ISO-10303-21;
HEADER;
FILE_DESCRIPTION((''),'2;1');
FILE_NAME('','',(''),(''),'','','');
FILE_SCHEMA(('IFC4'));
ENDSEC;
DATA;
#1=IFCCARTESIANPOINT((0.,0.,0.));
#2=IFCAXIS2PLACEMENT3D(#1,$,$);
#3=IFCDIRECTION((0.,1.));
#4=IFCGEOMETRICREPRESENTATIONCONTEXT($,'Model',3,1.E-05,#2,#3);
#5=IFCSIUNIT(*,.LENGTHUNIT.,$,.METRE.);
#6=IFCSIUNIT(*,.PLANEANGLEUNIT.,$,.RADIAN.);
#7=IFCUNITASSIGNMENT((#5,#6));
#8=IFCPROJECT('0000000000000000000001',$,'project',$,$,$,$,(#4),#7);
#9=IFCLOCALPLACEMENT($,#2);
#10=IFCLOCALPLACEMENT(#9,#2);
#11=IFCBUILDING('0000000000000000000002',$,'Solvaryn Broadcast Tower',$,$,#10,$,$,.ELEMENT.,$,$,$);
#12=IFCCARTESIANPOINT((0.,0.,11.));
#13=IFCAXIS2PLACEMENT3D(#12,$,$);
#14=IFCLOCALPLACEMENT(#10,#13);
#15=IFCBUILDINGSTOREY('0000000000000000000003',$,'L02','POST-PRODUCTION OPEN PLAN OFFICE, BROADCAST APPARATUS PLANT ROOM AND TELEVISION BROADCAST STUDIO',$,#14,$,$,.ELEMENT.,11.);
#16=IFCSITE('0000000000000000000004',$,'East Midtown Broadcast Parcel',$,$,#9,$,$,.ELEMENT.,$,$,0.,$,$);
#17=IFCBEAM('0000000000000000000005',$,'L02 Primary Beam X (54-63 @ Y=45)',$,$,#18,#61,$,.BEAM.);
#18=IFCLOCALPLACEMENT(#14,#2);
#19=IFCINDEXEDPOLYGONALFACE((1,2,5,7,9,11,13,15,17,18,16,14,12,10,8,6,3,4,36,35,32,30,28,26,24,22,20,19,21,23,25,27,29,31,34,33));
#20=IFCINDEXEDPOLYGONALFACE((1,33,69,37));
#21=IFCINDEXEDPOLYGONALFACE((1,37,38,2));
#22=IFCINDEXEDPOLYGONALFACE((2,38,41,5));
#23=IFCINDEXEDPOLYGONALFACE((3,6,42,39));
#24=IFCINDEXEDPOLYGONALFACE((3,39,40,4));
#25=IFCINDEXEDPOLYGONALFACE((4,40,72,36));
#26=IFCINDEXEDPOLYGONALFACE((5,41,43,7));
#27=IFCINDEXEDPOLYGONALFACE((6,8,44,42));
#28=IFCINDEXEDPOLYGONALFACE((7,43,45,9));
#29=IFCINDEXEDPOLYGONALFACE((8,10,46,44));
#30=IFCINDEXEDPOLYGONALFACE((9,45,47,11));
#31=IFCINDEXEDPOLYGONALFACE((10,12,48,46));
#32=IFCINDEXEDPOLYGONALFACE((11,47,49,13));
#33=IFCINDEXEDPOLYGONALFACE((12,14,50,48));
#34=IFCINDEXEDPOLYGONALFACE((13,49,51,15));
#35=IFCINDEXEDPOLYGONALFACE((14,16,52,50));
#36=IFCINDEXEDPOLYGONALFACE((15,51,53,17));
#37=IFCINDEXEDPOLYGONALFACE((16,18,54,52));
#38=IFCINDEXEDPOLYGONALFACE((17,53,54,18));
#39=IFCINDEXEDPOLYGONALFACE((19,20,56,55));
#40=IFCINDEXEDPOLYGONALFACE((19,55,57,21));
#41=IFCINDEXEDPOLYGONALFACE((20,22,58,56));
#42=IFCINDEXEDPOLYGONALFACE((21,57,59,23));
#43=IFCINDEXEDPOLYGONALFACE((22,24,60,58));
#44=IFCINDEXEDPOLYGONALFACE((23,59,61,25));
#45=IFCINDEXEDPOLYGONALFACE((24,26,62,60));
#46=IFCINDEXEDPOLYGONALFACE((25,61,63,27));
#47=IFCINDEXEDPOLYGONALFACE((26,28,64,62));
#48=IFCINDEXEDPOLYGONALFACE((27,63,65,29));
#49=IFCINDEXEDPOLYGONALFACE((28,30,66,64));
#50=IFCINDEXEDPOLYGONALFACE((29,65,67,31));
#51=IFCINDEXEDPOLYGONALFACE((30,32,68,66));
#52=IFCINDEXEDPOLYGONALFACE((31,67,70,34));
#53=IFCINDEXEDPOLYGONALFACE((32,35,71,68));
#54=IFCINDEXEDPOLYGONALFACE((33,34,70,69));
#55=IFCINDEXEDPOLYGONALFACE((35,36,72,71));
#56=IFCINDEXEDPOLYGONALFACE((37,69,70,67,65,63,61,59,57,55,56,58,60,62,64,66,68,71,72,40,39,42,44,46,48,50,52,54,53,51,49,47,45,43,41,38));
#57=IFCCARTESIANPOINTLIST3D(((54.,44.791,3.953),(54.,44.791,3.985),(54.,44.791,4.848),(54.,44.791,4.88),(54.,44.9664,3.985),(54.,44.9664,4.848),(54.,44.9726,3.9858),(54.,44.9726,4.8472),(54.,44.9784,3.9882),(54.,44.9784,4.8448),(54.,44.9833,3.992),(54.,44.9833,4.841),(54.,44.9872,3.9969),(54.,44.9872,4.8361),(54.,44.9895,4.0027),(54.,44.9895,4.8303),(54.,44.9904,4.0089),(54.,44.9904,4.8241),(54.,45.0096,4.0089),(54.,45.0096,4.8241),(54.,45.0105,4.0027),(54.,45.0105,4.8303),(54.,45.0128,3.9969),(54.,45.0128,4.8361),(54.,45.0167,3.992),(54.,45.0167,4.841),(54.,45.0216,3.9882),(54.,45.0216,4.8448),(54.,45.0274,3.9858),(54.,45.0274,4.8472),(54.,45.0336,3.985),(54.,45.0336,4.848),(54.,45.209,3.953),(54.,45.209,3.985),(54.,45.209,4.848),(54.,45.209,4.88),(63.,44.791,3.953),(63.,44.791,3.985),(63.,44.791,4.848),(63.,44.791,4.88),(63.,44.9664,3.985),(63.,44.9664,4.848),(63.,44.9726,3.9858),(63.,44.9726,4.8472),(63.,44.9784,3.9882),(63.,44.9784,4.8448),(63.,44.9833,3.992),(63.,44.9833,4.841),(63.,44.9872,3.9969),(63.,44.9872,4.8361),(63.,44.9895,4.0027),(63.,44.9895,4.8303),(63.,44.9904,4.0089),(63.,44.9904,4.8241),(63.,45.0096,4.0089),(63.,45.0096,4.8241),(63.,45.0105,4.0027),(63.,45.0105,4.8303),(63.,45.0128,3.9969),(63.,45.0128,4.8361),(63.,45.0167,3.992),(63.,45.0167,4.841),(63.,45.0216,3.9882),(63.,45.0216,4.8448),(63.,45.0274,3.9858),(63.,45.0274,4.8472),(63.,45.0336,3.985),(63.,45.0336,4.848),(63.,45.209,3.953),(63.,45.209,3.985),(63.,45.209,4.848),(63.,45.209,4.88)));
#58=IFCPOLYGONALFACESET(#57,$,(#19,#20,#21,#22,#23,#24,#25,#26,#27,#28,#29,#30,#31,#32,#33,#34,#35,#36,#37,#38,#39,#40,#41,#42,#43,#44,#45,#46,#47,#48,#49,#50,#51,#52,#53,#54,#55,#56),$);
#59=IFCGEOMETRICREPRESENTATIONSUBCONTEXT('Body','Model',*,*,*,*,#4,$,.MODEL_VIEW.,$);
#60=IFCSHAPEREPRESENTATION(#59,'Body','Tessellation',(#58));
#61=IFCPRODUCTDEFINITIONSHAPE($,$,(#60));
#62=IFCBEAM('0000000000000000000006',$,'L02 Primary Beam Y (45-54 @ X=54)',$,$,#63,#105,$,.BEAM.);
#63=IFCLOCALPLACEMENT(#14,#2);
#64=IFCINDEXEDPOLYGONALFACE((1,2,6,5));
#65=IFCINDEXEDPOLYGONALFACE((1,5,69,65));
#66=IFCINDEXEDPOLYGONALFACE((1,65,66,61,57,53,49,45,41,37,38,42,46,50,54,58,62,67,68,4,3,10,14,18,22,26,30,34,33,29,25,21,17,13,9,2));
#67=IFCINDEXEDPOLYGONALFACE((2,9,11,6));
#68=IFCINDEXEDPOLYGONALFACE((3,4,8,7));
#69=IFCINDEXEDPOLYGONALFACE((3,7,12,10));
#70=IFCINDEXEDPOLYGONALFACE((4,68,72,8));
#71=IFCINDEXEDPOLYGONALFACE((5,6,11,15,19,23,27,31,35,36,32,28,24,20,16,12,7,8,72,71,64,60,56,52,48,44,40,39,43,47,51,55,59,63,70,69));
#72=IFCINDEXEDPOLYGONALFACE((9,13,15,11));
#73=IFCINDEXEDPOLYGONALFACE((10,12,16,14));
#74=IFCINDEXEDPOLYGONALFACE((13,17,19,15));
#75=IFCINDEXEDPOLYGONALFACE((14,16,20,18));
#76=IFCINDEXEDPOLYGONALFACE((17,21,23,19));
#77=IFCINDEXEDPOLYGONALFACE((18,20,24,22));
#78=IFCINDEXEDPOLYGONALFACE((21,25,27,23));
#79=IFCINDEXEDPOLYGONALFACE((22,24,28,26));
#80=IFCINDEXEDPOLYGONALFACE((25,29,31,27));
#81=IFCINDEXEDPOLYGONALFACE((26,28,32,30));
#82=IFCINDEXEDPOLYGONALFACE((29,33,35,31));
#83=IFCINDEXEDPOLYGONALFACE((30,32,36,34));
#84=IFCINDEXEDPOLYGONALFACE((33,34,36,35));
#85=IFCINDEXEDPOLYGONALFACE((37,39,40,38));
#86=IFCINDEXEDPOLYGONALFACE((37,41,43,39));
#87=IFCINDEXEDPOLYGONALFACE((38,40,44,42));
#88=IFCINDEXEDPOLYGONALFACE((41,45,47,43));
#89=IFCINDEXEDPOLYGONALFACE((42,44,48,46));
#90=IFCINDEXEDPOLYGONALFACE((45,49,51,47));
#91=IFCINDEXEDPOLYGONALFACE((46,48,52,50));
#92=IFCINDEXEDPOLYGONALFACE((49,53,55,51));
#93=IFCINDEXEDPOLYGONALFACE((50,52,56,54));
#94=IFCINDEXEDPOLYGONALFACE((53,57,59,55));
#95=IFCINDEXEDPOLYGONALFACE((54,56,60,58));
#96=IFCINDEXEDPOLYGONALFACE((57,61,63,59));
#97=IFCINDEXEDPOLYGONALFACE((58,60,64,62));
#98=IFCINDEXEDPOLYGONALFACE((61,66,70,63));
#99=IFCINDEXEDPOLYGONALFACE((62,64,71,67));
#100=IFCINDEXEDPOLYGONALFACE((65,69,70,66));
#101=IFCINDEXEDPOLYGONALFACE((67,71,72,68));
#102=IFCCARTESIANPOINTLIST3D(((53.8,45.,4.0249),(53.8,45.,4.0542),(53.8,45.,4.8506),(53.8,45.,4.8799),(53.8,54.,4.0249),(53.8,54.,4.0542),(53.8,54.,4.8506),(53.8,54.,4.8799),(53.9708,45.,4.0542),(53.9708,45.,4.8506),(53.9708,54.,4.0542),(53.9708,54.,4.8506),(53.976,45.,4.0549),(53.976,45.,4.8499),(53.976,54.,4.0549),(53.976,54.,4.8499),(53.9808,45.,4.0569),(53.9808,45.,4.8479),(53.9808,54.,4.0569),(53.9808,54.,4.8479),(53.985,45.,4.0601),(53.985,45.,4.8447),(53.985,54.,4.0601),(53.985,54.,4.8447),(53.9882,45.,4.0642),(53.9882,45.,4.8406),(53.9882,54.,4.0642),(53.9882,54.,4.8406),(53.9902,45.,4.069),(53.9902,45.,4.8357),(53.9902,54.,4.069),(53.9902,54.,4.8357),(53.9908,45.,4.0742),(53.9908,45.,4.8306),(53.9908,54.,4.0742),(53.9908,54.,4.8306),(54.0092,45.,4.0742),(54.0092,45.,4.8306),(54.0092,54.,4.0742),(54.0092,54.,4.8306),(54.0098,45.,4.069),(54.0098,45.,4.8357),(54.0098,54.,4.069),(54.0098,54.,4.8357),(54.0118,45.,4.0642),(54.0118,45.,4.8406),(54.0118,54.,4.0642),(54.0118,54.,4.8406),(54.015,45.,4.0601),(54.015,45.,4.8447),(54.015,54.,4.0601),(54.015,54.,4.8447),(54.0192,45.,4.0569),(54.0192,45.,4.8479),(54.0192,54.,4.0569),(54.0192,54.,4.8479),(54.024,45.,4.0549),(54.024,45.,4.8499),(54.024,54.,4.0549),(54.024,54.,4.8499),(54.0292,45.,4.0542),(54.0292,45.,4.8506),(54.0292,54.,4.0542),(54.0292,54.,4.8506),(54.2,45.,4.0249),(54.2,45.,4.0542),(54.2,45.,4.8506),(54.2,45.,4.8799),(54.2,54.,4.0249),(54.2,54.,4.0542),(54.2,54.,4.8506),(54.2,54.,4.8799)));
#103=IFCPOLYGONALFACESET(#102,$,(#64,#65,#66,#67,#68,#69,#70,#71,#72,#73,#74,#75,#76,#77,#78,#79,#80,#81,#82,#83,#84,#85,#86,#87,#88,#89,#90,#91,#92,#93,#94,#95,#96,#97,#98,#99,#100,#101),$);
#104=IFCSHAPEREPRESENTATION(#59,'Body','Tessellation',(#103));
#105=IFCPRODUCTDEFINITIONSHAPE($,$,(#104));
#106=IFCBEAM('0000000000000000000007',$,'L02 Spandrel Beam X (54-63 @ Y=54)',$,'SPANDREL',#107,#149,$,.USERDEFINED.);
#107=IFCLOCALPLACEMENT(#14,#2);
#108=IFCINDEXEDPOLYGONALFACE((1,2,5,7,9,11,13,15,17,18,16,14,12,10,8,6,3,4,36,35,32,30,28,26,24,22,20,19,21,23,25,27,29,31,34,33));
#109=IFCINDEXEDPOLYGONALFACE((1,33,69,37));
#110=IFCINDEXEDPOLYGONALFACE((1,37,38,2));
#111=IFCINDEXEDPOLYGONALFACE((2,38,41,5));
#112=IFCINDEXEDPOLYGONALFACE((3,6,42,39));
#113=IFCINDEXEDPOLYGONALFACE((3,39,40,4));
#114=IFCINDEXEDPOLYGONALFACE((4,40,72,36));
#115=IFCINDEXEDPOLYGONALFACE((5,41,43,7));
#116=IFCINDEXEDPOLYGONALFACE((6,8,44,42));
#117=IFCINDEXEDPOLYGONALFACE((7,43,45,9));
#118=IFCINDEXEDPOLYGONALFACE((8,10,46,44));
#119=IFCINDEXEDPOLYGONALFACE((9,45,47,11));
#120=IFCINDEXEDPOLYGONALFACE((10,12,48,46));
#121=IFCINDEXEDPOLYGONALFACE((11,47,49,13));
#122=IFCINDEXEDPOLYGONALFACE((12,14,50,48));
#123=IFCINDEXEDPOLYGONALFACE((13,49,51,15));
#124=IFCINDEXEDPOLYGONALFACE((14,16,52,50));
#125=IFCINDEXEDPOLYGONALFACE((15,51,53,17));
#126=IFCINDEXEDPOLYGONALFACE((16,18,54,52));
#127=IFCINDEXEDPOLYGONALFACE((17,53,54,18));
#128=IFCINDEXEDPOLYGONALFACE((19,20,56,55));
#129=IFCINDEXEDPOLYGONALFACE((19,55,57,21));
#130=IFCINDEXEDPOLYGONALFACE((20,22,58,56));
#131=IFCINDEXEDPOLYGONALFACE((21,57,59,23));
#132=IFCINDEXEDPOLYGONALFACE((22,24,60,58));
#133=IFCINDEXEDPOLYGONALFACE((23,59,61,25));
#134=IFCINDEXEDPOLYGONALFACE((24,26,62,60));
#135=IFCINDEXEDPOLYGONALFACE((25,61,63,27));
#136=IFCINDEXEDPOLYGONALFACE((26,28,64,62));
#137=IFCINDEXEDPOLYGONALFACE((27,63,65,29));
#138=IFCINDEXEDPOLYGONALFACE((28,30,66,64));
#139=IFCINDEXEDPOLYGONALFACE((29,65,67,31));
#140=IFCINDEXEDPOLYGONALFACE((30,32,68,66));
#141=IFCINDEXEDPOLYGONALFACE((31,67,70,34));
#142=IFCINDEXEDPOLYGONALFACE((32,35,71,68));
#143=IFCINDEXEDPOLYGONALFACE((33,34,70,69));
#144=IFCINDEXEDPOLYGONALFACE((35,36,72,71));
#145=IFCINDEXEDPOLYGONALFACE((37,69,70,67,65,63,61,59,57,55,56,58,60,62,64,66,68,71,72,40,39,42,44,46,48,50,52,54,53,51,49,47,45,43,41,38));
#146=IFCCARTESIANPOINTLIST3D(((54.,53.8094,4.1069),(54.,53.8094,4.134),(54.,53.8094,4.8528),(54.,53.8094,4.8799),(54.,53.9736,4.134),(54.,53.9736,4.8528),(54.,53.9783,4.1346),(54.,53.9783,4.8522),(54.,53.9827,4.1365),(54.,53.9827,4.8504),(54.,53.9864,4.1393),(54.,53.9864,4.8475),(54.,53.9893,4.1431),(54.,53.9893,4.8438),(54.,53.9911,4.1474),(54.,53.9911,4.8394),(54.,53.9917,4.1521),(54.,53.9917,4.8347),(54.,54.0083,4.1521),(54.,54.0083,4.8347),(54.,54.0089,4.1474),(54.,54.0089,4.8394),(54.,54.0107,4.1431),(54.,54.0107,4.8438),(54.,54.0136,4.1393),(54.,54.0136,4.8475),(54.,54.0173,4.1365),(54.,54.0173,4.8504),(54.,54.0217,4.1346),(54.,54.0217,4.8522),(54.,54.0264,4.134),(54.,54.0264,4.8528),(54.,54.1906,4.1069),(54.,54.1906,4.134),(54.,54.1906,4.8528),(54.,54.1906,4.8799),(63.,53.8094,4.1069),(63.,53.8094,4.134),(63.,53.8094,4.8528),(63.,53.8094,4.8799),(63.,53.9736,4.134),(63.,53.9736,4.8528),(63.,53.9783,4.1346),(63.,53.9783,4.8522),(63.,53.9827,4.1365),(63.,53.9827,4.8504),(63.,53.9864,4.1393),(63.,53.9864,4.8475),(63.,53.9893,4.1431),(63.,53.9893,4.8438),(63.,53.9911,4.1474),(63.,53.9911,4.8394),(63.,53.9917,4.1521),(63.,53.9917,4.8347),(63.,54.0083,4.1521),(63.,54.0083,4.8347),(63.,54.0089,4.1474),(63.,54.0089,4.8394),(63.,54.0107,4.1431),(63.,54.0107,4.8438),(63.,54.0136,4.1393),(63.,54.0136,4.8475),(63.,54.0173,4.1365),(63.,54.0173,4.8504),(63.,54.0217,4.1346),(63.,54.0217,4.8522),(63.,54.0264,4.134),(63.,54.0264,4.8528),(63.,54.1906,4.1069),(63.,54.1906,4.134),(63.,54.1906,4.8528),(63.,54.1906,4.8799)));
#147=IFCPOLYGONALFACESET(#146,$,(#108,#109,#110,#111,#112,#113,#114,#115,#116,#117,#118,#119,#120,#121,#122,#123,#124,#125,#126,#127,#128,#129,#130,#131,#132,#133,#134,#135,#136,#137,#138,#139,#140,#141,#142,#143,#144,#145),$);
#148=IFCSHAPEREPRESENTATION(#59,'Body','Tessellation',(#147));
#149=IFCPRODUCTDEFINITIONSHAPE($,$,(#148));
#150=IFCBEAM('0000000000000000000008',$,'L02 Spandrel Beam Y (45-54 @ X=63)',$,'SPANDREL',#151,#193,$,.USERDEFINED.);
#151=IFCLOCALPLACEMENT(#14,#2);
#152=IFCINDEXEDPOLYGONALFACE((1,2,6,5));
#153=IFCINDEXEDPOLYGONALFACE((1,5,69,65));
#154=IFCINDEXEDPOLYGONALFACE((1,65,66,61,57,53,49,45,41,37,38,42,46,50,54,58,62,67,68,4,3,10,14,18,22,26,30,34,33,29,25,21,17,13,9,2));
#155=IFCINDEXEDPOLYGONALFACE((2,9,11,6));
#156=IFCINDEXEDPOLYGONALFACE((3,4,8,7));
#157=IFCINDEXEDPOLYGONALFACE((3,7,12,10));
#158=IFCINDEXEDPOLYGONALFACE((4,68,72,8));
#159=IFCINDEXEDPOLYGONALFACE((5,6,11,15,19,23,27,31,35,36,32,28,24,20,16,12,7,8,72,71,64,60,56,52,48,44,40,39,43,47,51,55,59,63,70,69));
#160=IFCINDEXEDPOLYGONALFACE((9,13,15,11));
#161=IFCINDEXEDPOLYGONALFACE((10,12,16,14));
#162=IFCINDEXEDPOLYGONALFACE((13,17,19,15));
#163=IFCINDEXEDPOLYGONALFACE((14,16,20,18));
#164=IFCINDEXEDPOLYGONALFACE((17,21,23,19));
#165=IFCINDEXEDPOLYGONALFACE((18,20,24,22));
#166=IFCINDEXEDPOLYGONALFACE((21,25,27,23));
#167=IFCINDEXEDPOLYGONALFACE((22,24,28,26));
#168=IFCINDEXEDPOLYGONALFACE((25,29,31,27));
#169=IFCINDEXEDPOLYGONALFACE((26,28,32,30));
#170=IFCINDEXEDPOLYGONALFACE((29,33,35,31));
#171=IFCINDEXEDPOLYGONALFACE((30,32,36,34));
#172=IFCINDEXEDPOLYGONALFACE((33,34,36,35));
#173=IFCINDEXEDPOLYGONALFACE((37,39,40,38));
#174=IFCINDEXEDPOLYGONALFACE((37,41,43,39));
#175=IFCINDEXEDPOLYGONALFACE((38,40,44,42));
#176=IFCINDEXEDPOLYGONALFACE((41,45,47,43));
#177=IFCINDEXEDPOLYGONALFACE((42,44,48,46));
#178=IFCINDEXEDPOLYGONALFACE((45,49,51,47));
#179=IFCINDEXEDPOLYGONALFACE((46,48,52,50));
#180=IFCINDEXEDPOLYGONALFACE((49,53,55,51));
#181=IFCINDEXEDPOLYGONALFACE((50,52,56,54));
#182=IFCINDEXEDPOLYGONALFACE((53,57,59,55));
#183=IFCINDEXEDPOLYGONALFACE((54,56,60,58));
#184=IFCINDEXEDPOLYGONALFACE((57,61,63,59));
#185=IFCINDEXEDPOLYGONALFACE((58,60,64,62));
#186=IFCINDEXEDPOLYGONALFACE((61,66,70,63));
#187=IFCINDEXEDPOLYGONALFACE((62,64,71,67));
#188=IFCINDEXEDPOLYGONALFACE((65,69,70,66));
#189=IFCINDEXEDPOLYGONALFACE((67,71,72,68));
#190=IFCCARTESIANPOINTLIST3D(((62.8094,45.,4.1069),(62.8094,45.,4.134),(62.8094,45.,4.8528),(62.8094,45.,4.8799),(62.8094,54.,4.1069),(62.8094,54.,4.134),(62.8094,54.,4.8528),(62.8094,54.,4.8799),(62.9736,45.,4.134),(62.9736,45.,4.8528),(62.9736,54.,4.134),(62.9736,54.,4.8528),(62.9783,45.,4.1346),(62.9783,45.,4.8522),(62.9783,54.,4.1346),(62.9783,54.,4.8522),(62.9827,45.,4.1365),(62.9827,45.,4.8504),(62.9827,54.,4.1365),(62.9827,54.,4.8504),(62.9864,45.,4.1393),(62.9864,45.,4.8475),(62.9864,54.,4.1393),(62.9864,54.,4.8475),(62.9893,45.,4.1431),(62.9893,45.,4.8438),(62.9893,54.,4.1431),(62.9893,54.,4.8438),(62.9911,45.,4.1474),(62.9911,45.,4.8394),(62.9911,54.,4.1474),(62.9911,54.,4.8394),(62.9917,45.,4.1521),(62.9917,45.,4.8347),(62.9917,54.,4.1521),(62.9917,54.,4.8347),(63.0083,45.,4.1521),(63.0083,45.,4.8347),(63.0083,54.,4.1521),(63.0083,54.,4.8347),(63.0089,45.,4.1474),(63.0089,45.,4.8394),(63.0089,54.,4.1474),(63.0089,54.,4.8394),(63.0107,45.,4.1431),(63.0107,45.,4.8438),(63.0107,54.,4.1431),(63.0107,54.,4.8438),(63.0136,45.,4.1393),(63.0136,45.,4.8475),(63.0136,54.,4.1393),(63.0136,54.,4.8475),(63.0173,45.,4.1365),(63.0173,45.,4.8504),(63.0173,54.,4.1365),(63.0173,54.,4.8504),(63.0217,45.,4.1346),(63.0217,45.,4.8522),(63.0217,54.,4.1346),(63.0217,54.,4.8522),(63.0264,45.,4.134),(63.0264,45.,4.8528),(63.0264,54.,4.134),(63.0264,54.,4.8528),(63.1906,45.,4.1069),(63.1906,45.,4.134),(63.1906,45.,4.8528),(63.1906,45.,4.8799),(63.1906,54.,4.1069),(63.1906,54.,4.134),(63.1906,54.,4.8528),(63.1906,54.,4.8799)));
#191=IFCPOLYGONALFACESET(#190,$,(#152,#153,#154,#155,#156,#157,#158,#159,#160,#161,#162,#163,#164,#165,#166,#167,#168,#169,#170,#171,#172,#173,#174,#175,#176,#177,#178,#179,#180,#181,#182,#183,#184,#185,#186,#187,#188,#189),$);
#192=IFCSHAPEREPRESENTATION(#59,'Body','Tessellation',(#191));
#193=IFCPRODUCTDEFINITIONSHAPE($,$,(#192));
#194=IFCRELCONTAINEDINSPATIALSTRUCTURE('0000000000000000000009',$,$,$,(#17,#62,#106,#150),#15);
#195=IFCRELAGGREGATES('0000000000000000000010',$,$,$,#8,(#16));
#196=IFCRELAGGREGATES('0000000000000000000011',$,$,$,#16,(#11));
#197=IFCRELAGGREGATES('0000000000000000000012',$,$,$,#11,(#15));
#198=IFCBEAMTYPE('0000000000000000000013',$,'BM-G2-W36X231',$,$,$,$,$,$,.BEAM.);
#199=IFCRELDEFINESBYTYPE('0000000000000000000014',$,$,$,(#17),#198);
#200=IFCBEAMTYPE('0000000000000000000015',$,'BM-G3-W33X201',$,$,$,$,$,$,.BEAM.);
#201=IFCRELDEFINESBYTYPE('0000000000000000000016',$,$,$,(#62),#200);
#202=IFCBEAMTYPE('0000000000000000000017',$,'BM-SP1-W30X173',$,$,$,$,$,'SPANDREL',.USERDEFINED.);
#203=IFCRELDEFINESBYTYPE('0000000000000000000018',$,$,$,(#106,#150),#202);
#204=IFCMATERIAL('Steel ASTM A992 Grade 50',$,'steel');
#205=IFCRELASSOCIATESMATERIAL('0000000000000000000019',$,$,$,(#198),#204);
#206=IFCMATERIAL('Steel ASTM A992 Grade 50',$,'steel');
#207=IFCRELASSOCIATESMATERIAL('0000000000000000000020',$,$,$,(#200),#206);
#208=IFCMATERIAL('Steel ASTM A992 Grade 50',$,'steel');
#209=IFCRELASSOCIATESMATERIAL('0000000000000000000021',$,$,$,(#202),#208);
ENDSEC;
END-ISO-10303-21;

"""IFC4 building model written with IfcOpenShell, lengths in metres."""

from ifc_helpers import new_model, si_unit, direction, frame, origin, origin_2d, place, context, subcontext, project, spatial, i_section, extrude, material, material_profile, profile_set, type_object, element, save


model = new_model("IFC4")

# Units and contexts
model_context = context("Model", 3, precision=1e-05, world=origin(), true_north=direction((0.0, 1.0)))
body_context = subcontext(model_context, "Body", "Model", "MODEL_VIEW")
ifc_project = project(units=[si_unit("LENGTHUNIT", "METRE"), si_unit("PLANEANGLEUNIT", "RADIAN")], contexts=[model_context])

# Site, building, storey
site_placement = place(None, origin())
site = spatial("IfcSite", under=ifc_project, at=site_placement, Name="East Midtown Broadcast Parcel", CompositionType="ELEMENT", RefElevation=0.0)
building_placement = place(site_placement, origin())
building = spatial("IfcBuilding", under=site, at=building_placement, Name="Solvaryn Broadcast Tower", CompositionType="ELEMENT")
storey_placement = place(building_placement, frame((0.0, 0.0, 11.0)))
storey = spatial("IfcBuildingStorey", under=building, at=storey_placement, Name="L02", Description="POST-PRODUCTION OPEN PLAN OFFICE, BROADCAST APPARATUS PLANT ROOM AND TELEVISION BROADCAST STUDIO", CompositionType="ELEMENT", Elevation=11.0)

# Beams
ifc_material_1 = material(Name="Steel ASTM A992 Grade 50", Category="steel")
ifc_material_profile_1 = material_profile(ifc_material_1, i_section(OverallWidth=0.418, OverallDepth=0.927, WebThickness=0.0193, FlangeThickness=0.032, FilletRadius=0.0239, at=origin_2d()))
ifc_profile_set_1 = profile_set([ifc_material_profile_1], Name="Steel ASTM A992 Grade 50")
beam_type_1 = type_object("IfcBeamType", Name="BM-G2-W36X231", PredefinedType="BEAM", material=ifc_profile_set_1)
beam_1_placement = place(storey_placement, frame((54.0, 45.0, 4.4165), z_axis=(1.0, 0.0, 0.0), x_axis=(0.0, 1.0, 0.0)))
element("IfcBeam", 1, at=beam_1_placement, inside=storey, type_object=beam_type_1, Name="L02 Primary Beam X (54-63 @ Y=45)", PredefinedType="BEAM", context=body_context, shape_type="SweptSolid", body=[
    extrude(i_section(OverallWidth=0.418, OverallDepth=0.927, WebThickness=0.0193, FlangeThickness=0.032, FilletRadius=0.0239, at=origin_2d()), origin(), (0.0, 0.0, 1.0), 9.0),
])
ifc_material_2 = material(Name="Steel ASTM A992 Grade 50", Category="steel")
ifc_material_profile_2 = material_profile(ifc_material_2, i_section(OverallWidth=0.3999, OverallDepth=0.855, WebThickness=0.0183, FlangeThickness=0.0293, FilletRadius=0.02, at=origin_2d()))
ifc_profile_set_2 = profile_set([ifc_material_profile_2], Name="Steel ASTM A992 Grade 50")
beam_type_2 = type_object("IfcBeamType", Name="BM-G3-W33X201", PredefinedType="BEAM", material=ifc_profile_set_2)
beam_2_placement = place(storey_placement, frame((54.0, 45.0, 4.4524), z_axis=(0.0, 1.0, 0.0), x_axis=(-1.0, 0.0, 0.0)))
element("IfcBeam", 2, at=beam_2_placement, inside=storey, type_object=beam_type_2, Name="L02 Primary Beam Y (45-54 @ X=54)", PredefinedType="BEAM", context=body_context, shape_type="SweptSolid", body=[
    extrude(i_section(OverallWidth=0.3999, OverallDepth=0.855, WebThickness=0.0183, FlangeThickness=0.0293, FilletRadius=0.02, at=origin_2d()), origin(), (0.0, 0.0, 1.0), 9.0),
])
ifc_material_3 = material(Name="Steel ASTM A992 Grade 50", Category="steel")
ifc_material_profile_3 = material_profile(ifc_material_3, i_section(OverallWidth=0.3811, OverallDepth=0.7729, WebThickness=0.0166, FlangeThickness=0.0271, FilletRadius=0.0181, at=origin_2d()))
ifc_profile_set_3 = profile_set([ifc_material_profile_3], Name="Steel ASTM A992 Grade 50")
beam_type_3 = type_object("IfcBeamType", Name="BM-SP1-W30X173", ElementType="SPANDREL", PredefinedType="USERDEFINED", material=ifc_profile_set_3)
for number, where, z_axis, x_axis, name in (
    (3, (54.0, 54.0, 4.4934), (1.0, 0.0, 0.0), (0.0, 1.0, 0.0), "L02 Spandrel Beam X (54-63 @ Y=54)"),
    (4, (63.0, 45.0, 4.4934), (0.0, 1.0, 0.0), (-1.0, 0.0, 0.0), "L02 Spandrel Beam Y (45-54 @ X=63)"),
):
    element("IfcBeam", number, at=place(storey_placement, frame(where, z_axis=z_axis, x_axis=x_axis)), inside=storey, type_object=beam_type_3, Name=name, ObjectType="SPANDREL", PredefinedType="USERDEFINED", context=body_context, shape_type="SweptSolid", body=[
        extrude(i_section(OverallWidth=0.3811, OverallDepth=0.7729, WebThickness=0.0166, FlangeThickness=0.0271, FilletRadius=0.0181, at=origin_2d()), origin(), (0.0, 0.0, 1.0), 9.0),
    ])

save(model, "model.ifc")
